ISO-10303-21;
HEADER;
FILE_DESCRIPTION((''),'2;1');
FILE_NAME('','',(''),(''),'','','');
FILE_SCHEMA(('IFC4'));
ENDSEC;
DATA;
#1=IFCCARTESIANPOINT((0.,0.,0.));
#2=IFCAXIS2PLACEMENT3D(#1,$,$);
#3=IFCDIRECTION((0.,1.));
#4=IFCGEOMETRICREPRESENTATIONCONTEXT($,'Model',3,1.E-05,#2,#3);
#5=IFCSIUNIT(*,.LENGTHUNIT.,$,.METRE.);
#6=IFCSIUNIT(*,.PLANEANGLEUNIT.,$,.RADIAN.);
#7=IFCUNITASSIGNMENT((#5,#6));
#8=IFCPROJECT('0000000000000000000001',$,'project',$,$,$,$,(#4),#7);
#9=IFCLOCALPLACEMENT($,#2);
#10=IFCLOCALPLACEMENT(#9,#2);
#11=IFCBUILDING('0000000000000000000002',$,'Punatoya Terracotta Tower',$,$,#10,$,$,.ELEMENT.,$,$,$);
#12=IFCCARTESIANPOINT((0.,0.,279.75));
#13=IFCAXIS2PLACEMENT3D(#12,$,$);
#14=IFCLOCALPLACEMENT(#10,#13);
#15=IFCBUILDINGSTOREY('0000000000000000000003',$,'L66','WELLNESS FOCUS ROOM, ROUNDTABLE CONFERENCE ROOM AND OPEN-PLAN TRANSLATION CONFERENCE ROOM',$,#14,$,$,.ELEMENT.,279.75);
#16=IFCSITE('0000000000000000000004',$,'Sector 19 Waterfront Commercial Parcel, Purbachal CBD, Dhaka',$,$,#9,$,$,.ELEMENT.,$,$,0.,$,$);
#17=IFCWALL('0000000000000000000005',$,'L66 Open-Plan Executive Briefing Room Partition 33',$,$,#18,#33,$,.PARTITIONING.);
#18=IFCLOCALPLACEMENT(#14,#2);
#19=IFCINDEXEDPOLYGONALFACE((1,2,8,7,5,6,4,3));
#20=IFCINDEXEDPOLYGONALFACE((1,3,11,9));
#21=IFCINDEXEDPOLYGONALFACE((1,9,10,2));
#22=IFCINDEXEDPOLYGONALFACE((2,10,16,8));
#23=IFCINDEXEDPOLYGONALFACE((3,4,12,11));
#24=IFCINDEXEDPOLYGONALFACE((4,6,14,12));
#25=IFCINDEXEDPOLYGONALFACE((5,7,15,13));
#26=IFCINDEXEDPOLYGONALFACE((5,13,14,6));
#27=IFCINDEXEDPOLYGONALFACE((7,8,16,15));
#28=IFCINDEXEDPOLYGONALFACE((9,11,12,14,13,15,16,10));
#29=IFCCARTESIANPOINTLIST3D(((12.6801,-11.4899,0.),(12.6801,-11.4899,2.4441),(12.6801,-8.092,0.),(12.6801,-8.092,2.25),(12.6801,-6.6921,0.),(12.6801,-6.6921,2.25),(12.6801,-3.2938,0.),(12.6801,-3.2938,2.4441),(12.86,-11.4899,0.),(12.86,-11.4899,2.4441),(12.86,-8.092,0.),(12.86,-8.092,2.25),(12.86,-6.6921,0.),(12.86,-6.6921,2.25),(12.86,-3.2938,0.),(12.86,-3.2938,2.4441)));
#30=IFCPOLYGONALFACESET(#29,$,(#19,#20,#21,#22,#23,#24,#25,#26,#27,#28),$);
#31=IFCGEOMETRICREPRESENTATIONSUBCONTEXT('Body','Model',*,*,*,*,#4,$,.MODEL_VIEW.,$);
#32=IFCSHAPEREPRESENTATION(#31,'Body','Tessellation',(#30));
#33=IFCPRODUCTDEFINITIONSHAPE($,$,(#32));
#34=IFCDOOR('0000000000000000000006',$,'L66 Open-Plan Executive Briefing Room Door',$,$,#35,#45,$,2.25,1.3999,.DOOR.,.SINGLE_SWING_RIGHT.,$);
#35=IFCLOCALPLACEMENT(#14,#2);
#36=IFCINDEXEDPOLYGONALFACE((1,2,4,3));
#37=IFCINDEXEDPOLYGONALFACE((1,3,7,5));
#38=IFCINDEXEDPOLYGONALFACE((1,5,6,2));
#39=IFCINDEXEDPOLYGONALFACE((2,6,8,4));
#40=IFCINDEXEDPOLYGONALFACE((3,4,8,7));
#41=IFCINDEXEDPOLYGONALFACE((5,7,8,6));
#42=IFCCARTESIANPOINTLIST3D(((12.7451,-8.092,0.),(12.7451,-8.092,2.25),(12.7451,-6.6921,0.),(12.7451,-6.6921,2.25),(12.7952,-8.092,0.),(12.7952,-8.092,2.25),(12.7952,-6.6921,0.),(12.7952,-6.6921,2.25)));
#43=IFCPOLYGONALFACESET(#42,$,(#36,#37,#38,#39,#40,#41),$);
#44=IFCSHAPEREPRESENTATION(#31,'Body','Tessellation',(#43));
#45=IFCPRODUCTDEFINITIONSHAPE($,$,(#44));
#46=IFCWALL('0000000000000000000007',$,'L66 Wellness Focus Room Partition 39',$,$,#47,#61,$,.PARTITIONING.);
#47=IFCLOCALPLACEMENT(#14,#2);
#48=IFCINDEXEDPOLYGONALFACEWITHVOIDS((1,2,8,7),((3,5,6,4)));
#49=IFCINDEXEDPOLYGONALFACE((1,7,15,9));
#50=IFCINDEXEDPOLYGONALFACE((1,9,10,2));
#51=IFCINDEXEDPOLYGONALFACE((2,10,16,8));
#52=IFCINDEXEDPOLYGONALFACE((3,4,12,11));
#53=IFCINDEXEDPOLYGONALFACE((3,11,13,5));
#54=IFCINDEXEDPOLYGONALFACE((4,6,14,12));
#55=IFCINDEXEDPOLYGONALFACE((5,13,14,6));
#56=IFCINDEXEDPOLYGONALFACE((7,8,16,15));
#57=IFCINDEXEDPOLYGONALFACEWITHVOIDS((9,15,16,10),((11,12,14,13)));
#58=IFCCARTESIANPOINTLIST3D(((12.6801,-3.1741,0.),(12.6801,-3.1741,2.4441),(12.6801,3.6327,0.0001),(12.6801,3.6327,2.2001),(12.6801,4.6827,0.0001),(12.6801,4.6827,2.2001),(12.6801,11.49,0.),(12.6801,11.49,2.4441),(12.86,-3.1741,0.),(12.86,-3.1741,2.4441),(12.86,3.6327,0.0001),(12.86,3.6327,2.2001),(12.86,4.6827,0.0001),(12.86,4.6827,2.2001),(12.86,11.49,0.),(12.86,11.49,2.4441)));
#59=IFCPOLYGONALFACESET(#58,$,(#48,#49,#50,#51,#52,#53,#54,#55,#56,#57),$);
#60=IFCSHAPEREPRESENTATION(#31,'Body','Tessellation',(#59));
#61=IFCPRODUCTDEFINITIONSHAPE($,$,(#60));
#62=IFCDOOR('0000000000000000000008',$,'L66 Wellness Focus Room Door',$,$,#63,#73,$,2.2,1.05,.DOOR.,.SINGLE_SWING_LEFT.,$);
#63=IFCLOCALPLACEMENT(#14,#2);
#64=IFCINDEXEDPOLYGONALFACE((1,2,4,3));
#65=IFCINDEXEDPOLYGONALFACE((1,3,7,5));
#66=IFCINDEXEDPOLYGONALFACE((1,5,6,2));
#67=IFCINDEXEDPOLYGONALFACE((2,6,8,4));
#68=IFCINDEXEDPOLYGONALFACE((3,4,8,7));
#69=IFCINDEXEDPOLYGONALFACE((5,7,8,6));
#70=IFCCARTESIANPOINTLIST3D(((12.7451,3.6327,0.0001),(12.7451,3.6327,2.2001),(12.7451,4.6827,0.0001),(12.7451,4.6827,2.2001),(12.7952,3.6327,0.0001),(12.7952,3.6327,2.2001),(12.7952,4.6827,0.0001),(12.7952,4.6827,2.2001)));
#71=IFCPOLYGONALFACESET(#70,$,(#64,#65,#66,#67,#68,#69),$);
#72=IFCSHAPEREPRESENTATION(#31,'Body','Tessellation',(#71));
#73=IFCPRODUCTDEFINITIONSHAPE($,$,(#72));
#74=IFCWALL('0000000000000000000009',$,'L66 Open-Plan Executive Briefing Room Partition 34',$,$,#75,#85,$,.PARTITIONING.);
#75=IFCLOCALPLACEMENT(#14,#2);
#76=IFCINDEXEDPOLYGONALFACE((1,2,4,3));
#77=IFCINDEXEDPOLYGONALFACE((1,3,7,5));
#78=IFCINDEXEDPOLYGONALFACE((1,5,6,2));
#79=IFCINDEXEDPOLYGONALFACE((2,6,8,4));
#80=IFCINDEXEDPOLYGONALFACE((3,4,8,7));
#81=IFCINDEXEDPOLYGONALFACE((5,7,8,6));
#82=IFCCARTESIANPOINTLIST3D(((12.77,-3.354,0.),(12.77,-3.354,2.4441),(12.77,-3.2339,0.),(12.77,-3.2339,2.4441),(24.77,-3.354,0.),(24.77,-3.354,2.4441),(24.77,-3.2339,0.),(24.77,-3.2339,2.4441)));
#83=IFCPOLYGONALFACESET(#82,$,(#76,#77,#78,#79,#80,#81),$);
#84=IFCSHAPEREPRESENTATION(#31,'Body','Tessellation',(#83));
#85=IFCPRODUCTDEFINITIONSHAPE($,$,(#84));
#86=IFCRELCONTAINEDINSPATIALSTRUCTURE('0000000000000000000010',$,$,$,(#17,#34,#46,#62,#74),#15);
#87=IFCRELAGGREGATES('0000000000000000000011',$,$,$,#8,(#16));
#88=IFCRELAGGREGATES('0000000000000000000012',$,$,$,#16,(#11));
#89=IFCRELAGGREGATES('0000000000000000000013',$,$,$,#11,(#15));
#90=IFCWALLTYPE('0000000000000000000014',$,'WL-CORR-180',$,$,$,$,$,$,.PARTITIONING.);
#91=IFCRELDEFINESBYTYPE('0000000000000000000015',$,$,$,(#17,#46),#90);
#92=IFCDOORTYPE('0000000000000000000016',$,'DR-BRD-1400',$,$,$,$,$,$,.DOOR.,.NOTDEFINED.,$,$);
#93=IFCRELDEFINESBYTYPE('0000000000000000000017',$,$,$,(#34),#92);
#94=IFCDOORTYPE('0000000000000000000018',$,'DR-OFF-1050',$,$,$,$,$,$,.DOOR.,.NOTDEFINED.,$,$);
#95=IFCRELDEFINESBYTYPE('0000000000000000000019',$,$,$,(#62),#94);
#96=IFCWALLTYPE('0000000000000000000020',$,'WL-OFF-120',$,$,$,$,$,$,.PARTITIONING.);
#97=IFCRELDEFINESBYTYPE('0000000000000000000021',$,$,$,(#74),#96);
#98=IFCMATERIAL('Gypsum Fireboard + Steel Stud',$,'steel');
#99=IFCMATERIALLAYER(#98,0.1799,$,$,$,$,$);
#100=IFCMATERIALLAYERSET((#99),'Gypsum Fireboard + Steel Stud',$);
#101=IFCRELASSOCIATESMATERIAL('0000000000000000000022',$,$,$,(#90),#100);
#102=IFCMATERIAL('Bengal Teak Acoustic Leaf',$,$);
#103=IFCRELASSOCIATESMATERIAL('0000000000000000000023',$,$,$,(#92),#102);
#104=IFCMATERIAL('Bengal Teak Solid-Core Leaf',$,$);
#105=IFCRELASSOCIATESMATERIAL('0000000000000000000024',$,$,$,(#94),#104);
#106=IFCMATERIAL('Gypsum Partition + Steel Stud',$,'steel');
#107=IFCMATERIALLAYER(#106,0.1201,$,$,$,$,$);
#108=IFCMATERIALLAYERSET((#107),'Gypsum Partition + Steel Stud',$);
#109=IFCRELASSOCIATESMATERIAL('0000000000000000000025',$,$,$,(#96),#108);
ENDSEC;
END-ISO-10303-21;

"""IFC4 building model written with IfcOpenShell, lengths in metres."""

from ifc_helpers import new_model, si_unit, direction, frame, frame_2d, origin, place, context, subcontext, project, spatial, rectangle, extrude, material, layer, layer_set, type_object, element, fill, save


model = new_model("IFC4")

# Units and contexts
model_context = context("Model", 3, precision=1e-05, world=origin(), true_north=direction((0.0, 1.0)))
body_context = subcontext(model_context, "Body", "Model", "MODEL_VIEW")
ifc_project = project(units=[si_unit("LENGTHUNIT", "METRE"), si_unit("PLANEANGLEUNIT", "RADIAN")], contexts=[model_context])

# Site, building, storey
site_placement = place(None, origin())
site = spatial("IfcSite", under=ifc_project, at=site_placement, Name="Sector 19 Waterfront Commercial Parcel, Purbachal CBD, Dhaka", CompositionType="ELEMENT", RefElevation=0.0)
building_placement = place(site_placement, origin())
building = spatial("IfcBuilding", under=site, at=building_placement, Name="Punatoya Terracotta Tower", CompositionType="ELEMENT")
storey_placement = place(building_placement, frame((0.0, 0.0, 279.75)))
storey = spatial("IfcBuildingStorey", under=building, at=storey_placement, Name="L66", Description="WELLNESS FOCUS ROOM, ROUNDTABLE CONFERENCE ROOM AND OPEN-PLAN TRANSLATION CONFERENCE ROOM", CompositionType="ELEMENT", Elevation=279.75)

# Walls, openings, doors
ifc_material_1 = material(Name="Gypsum Fireboard + Steel Stud", Category="steel")
ifc_layer_1 = layer(ifc_material_1, 0.1799)
ifc_layer_set_1 = layer_set([ifc_layer_1], Name="Gypsum Fireboard + Steel Stud")
wall_type_1 = type_object("IfcWallType", Name="WL-CORR-180", PredefinedType="PARTITIONING", material=ifc_layer_set_1)
wall_1_placement = place(storey_placement, frame((12.77, -11.49, 0.0), z_axis=(0.0, 0.0, 1.0), x_axis=(0.0, 1.0, 0.0)))
wall_1 = element("IfcWall", 1, at=wall_1_placement, inside=storey, type_object=wall_type_1, Name="L66 Open-Plan Executive Briefing Room Partition 33", PredefinedType="PARTITIONING", context=body_context, shape_type="SweptSolid", body=[
    extrude(rectangle(XDim=8.196, YDim=0.1799, at=frame_2d((4.0981, 0.0))), origin(), (0.0, 0.0, 1.0), 2.4441),
])
opening_1_placement = place(wall_1_placement, frame((3.3979, 0.0, 0.0)))
opening_1 = element("IfcOpeningElement", 2, at=opening_1_placement, cuts=wall_1, PredefinedType="OPENING", context=body_context, shape_type="SweptSolid", body=[
    extrude(rectangle(XDim=1.3999, YDim=2.25, at=frame_2d((0.7, 1.125))), frame((0.0, 0.0999, 0.0), z_axis=(0.0, -1.0, 0.0), x_axis=(1.0, 0.0, 0.0)), (0.0, 0.0, 1.0), 0.2),
])
ifc_material_2 = material(Name="Bengal Teak Acoustic Leaf")
door_type_1 = type_object("IfcDoorType", Name="DR-BRD-1400", OperationType="NOTDEFINED", PredefinedType="DOOR", material=ifc_material_2)
door_1_placement = place(opening_1_placement, origin())
door_1 = element("IfcDoor", 3, at=door_1_placement, inside=storey, type_object=door_type_1, Name="L66 Open-Plan Executive Briefing Room Door", OperationType="SINGLE_SWING_RIGHT", OverallHeight=2.25, OverallWidth=1.3999, PredefinedType="DOOR", context=body_context, shape_type="SweptSolid", body=[
    extrude(rectangle(XDim=1.3999, YDim=2.25, at=frame_2d((0.7, 1.125))), frame((0.0, 0.0249, 0.0), z_axis=(0.0, -1.0, 0.0), x_axis=(1.0, 0.0, 0.0)), (0.0, 0.0, 1.0), 0.05),
])
fill(opening_1, door_1)
wall_2_placement = place(storey_placement, frame((12.77, -3.1741, 0.0), z_axis=(0.0, 0.0, 1.0), x_axis=(0.0, 1.0, 0.0)))
wall_2 = element("IfcWall", 4, at=wall_2_placement, inside=storey, type_object=wall_type_1, Name="L66 Wellness Focus Room Partition 39", PredefinedType="PARTITIONING", context=body_context, shape_type="SweptSolid", body=[
    extrude(rectangle(XDim=14.6641, YDim=0.1799, at=frame_2d((7.332, 0.0))), origin(), (0.0, 0.0, 1.0), 2.4441),
])
opening_2_placement = place(wall_2_placement, frame((6.8069, 0.0, 0.0)))
opening_2 = element("IfcOpeningElement", 5, at=opening_2_placement, cuts=wall_2, PredefinedType="OPENING", context=body_context, shape_type="SweptSolid", body=[
    extrude(rectangle(XDim=1.05, YDim=2.2, at=frame_2d((0.5249, 1.1001))), frame((0.0, 0.0999, 0.0), z_axis=(0.0, -1.0, 0.0), x_axis=(1.0, 0.0, 0.0)), (0.0, 0.0, 1.0), 0.2),
])
ifc_material_3 = material(Name="Bengal Teak Solid-Core Leaf")
door_type_2 = type_object("IfcDoorType", Name="DR-OFF-1050", OperationType="NOTDEFINED", PredefinedType="DOOR", material=ifc_material_3)
door_2_placement = place(opening_2_placement, origin())
door_2 = element("IfcDoor", 6, at=door_2_placement, inside=storey, type_object=door_type_2, Name="L66 Wellness Focus Room Door", OperationType="SINGLE_SWING_LEFT", OverallHeight=2.2, OverallWidth=1.05, PredefinedType="DOOR", context=body_context, shape_type="SweptSolid", body=[
    extrude(rectangle(XDim=1.05, YDim=2.2, at=frame_2d((0.5249, 1.1001))), frame((0.0, 0.0249, 0.0), z_axis=(0.0, -1.0, 0.0), x_axis=(1.0, 0.0, 0.0)), (0.0, 0.0, 1.0), 0.05),
])
fill(opening_2, door_2)

# Wall
ifc_material_4 = material(Name="Gypsum Partition + Steel Stud", Category="steel")
ifc_layer_2 = layer(ifc_material_4, 0.1201)
ifc_layer_set_2 = layer_set([ifc_layer_2], Name="Gypsum Partition + Steel Stud")
wall_type_2 = type_object("IfcWallType", Name="WL-OFF-120", PredefinedType="PARTITIONING", material=ifc_layer_set_2)
wall_3_placement = place(storey_placement, frame((12.77, -3.2939, 0.0), z_axis=(0.0, 0.0, 1.0), x_axis=(1.0, 0.0, 0.0)))
element("IfcWall", 7, at=wall_3_placement, inside=storey, type_object=wall_type_2, Name="L66 Open-Plan Executive Briefing Room Partition 34", PredefinedType="PARTITIONING", context=body_context, shape_type="SweptSolid", body=[
    extrude(rectangle(XDim=12.0, YDim=0.1201, at=frame_2d((6.0, 0.0))), origin(), (0.0, 0.0, 1.0), 2.4441),
])

save(model, "model.ifc")
